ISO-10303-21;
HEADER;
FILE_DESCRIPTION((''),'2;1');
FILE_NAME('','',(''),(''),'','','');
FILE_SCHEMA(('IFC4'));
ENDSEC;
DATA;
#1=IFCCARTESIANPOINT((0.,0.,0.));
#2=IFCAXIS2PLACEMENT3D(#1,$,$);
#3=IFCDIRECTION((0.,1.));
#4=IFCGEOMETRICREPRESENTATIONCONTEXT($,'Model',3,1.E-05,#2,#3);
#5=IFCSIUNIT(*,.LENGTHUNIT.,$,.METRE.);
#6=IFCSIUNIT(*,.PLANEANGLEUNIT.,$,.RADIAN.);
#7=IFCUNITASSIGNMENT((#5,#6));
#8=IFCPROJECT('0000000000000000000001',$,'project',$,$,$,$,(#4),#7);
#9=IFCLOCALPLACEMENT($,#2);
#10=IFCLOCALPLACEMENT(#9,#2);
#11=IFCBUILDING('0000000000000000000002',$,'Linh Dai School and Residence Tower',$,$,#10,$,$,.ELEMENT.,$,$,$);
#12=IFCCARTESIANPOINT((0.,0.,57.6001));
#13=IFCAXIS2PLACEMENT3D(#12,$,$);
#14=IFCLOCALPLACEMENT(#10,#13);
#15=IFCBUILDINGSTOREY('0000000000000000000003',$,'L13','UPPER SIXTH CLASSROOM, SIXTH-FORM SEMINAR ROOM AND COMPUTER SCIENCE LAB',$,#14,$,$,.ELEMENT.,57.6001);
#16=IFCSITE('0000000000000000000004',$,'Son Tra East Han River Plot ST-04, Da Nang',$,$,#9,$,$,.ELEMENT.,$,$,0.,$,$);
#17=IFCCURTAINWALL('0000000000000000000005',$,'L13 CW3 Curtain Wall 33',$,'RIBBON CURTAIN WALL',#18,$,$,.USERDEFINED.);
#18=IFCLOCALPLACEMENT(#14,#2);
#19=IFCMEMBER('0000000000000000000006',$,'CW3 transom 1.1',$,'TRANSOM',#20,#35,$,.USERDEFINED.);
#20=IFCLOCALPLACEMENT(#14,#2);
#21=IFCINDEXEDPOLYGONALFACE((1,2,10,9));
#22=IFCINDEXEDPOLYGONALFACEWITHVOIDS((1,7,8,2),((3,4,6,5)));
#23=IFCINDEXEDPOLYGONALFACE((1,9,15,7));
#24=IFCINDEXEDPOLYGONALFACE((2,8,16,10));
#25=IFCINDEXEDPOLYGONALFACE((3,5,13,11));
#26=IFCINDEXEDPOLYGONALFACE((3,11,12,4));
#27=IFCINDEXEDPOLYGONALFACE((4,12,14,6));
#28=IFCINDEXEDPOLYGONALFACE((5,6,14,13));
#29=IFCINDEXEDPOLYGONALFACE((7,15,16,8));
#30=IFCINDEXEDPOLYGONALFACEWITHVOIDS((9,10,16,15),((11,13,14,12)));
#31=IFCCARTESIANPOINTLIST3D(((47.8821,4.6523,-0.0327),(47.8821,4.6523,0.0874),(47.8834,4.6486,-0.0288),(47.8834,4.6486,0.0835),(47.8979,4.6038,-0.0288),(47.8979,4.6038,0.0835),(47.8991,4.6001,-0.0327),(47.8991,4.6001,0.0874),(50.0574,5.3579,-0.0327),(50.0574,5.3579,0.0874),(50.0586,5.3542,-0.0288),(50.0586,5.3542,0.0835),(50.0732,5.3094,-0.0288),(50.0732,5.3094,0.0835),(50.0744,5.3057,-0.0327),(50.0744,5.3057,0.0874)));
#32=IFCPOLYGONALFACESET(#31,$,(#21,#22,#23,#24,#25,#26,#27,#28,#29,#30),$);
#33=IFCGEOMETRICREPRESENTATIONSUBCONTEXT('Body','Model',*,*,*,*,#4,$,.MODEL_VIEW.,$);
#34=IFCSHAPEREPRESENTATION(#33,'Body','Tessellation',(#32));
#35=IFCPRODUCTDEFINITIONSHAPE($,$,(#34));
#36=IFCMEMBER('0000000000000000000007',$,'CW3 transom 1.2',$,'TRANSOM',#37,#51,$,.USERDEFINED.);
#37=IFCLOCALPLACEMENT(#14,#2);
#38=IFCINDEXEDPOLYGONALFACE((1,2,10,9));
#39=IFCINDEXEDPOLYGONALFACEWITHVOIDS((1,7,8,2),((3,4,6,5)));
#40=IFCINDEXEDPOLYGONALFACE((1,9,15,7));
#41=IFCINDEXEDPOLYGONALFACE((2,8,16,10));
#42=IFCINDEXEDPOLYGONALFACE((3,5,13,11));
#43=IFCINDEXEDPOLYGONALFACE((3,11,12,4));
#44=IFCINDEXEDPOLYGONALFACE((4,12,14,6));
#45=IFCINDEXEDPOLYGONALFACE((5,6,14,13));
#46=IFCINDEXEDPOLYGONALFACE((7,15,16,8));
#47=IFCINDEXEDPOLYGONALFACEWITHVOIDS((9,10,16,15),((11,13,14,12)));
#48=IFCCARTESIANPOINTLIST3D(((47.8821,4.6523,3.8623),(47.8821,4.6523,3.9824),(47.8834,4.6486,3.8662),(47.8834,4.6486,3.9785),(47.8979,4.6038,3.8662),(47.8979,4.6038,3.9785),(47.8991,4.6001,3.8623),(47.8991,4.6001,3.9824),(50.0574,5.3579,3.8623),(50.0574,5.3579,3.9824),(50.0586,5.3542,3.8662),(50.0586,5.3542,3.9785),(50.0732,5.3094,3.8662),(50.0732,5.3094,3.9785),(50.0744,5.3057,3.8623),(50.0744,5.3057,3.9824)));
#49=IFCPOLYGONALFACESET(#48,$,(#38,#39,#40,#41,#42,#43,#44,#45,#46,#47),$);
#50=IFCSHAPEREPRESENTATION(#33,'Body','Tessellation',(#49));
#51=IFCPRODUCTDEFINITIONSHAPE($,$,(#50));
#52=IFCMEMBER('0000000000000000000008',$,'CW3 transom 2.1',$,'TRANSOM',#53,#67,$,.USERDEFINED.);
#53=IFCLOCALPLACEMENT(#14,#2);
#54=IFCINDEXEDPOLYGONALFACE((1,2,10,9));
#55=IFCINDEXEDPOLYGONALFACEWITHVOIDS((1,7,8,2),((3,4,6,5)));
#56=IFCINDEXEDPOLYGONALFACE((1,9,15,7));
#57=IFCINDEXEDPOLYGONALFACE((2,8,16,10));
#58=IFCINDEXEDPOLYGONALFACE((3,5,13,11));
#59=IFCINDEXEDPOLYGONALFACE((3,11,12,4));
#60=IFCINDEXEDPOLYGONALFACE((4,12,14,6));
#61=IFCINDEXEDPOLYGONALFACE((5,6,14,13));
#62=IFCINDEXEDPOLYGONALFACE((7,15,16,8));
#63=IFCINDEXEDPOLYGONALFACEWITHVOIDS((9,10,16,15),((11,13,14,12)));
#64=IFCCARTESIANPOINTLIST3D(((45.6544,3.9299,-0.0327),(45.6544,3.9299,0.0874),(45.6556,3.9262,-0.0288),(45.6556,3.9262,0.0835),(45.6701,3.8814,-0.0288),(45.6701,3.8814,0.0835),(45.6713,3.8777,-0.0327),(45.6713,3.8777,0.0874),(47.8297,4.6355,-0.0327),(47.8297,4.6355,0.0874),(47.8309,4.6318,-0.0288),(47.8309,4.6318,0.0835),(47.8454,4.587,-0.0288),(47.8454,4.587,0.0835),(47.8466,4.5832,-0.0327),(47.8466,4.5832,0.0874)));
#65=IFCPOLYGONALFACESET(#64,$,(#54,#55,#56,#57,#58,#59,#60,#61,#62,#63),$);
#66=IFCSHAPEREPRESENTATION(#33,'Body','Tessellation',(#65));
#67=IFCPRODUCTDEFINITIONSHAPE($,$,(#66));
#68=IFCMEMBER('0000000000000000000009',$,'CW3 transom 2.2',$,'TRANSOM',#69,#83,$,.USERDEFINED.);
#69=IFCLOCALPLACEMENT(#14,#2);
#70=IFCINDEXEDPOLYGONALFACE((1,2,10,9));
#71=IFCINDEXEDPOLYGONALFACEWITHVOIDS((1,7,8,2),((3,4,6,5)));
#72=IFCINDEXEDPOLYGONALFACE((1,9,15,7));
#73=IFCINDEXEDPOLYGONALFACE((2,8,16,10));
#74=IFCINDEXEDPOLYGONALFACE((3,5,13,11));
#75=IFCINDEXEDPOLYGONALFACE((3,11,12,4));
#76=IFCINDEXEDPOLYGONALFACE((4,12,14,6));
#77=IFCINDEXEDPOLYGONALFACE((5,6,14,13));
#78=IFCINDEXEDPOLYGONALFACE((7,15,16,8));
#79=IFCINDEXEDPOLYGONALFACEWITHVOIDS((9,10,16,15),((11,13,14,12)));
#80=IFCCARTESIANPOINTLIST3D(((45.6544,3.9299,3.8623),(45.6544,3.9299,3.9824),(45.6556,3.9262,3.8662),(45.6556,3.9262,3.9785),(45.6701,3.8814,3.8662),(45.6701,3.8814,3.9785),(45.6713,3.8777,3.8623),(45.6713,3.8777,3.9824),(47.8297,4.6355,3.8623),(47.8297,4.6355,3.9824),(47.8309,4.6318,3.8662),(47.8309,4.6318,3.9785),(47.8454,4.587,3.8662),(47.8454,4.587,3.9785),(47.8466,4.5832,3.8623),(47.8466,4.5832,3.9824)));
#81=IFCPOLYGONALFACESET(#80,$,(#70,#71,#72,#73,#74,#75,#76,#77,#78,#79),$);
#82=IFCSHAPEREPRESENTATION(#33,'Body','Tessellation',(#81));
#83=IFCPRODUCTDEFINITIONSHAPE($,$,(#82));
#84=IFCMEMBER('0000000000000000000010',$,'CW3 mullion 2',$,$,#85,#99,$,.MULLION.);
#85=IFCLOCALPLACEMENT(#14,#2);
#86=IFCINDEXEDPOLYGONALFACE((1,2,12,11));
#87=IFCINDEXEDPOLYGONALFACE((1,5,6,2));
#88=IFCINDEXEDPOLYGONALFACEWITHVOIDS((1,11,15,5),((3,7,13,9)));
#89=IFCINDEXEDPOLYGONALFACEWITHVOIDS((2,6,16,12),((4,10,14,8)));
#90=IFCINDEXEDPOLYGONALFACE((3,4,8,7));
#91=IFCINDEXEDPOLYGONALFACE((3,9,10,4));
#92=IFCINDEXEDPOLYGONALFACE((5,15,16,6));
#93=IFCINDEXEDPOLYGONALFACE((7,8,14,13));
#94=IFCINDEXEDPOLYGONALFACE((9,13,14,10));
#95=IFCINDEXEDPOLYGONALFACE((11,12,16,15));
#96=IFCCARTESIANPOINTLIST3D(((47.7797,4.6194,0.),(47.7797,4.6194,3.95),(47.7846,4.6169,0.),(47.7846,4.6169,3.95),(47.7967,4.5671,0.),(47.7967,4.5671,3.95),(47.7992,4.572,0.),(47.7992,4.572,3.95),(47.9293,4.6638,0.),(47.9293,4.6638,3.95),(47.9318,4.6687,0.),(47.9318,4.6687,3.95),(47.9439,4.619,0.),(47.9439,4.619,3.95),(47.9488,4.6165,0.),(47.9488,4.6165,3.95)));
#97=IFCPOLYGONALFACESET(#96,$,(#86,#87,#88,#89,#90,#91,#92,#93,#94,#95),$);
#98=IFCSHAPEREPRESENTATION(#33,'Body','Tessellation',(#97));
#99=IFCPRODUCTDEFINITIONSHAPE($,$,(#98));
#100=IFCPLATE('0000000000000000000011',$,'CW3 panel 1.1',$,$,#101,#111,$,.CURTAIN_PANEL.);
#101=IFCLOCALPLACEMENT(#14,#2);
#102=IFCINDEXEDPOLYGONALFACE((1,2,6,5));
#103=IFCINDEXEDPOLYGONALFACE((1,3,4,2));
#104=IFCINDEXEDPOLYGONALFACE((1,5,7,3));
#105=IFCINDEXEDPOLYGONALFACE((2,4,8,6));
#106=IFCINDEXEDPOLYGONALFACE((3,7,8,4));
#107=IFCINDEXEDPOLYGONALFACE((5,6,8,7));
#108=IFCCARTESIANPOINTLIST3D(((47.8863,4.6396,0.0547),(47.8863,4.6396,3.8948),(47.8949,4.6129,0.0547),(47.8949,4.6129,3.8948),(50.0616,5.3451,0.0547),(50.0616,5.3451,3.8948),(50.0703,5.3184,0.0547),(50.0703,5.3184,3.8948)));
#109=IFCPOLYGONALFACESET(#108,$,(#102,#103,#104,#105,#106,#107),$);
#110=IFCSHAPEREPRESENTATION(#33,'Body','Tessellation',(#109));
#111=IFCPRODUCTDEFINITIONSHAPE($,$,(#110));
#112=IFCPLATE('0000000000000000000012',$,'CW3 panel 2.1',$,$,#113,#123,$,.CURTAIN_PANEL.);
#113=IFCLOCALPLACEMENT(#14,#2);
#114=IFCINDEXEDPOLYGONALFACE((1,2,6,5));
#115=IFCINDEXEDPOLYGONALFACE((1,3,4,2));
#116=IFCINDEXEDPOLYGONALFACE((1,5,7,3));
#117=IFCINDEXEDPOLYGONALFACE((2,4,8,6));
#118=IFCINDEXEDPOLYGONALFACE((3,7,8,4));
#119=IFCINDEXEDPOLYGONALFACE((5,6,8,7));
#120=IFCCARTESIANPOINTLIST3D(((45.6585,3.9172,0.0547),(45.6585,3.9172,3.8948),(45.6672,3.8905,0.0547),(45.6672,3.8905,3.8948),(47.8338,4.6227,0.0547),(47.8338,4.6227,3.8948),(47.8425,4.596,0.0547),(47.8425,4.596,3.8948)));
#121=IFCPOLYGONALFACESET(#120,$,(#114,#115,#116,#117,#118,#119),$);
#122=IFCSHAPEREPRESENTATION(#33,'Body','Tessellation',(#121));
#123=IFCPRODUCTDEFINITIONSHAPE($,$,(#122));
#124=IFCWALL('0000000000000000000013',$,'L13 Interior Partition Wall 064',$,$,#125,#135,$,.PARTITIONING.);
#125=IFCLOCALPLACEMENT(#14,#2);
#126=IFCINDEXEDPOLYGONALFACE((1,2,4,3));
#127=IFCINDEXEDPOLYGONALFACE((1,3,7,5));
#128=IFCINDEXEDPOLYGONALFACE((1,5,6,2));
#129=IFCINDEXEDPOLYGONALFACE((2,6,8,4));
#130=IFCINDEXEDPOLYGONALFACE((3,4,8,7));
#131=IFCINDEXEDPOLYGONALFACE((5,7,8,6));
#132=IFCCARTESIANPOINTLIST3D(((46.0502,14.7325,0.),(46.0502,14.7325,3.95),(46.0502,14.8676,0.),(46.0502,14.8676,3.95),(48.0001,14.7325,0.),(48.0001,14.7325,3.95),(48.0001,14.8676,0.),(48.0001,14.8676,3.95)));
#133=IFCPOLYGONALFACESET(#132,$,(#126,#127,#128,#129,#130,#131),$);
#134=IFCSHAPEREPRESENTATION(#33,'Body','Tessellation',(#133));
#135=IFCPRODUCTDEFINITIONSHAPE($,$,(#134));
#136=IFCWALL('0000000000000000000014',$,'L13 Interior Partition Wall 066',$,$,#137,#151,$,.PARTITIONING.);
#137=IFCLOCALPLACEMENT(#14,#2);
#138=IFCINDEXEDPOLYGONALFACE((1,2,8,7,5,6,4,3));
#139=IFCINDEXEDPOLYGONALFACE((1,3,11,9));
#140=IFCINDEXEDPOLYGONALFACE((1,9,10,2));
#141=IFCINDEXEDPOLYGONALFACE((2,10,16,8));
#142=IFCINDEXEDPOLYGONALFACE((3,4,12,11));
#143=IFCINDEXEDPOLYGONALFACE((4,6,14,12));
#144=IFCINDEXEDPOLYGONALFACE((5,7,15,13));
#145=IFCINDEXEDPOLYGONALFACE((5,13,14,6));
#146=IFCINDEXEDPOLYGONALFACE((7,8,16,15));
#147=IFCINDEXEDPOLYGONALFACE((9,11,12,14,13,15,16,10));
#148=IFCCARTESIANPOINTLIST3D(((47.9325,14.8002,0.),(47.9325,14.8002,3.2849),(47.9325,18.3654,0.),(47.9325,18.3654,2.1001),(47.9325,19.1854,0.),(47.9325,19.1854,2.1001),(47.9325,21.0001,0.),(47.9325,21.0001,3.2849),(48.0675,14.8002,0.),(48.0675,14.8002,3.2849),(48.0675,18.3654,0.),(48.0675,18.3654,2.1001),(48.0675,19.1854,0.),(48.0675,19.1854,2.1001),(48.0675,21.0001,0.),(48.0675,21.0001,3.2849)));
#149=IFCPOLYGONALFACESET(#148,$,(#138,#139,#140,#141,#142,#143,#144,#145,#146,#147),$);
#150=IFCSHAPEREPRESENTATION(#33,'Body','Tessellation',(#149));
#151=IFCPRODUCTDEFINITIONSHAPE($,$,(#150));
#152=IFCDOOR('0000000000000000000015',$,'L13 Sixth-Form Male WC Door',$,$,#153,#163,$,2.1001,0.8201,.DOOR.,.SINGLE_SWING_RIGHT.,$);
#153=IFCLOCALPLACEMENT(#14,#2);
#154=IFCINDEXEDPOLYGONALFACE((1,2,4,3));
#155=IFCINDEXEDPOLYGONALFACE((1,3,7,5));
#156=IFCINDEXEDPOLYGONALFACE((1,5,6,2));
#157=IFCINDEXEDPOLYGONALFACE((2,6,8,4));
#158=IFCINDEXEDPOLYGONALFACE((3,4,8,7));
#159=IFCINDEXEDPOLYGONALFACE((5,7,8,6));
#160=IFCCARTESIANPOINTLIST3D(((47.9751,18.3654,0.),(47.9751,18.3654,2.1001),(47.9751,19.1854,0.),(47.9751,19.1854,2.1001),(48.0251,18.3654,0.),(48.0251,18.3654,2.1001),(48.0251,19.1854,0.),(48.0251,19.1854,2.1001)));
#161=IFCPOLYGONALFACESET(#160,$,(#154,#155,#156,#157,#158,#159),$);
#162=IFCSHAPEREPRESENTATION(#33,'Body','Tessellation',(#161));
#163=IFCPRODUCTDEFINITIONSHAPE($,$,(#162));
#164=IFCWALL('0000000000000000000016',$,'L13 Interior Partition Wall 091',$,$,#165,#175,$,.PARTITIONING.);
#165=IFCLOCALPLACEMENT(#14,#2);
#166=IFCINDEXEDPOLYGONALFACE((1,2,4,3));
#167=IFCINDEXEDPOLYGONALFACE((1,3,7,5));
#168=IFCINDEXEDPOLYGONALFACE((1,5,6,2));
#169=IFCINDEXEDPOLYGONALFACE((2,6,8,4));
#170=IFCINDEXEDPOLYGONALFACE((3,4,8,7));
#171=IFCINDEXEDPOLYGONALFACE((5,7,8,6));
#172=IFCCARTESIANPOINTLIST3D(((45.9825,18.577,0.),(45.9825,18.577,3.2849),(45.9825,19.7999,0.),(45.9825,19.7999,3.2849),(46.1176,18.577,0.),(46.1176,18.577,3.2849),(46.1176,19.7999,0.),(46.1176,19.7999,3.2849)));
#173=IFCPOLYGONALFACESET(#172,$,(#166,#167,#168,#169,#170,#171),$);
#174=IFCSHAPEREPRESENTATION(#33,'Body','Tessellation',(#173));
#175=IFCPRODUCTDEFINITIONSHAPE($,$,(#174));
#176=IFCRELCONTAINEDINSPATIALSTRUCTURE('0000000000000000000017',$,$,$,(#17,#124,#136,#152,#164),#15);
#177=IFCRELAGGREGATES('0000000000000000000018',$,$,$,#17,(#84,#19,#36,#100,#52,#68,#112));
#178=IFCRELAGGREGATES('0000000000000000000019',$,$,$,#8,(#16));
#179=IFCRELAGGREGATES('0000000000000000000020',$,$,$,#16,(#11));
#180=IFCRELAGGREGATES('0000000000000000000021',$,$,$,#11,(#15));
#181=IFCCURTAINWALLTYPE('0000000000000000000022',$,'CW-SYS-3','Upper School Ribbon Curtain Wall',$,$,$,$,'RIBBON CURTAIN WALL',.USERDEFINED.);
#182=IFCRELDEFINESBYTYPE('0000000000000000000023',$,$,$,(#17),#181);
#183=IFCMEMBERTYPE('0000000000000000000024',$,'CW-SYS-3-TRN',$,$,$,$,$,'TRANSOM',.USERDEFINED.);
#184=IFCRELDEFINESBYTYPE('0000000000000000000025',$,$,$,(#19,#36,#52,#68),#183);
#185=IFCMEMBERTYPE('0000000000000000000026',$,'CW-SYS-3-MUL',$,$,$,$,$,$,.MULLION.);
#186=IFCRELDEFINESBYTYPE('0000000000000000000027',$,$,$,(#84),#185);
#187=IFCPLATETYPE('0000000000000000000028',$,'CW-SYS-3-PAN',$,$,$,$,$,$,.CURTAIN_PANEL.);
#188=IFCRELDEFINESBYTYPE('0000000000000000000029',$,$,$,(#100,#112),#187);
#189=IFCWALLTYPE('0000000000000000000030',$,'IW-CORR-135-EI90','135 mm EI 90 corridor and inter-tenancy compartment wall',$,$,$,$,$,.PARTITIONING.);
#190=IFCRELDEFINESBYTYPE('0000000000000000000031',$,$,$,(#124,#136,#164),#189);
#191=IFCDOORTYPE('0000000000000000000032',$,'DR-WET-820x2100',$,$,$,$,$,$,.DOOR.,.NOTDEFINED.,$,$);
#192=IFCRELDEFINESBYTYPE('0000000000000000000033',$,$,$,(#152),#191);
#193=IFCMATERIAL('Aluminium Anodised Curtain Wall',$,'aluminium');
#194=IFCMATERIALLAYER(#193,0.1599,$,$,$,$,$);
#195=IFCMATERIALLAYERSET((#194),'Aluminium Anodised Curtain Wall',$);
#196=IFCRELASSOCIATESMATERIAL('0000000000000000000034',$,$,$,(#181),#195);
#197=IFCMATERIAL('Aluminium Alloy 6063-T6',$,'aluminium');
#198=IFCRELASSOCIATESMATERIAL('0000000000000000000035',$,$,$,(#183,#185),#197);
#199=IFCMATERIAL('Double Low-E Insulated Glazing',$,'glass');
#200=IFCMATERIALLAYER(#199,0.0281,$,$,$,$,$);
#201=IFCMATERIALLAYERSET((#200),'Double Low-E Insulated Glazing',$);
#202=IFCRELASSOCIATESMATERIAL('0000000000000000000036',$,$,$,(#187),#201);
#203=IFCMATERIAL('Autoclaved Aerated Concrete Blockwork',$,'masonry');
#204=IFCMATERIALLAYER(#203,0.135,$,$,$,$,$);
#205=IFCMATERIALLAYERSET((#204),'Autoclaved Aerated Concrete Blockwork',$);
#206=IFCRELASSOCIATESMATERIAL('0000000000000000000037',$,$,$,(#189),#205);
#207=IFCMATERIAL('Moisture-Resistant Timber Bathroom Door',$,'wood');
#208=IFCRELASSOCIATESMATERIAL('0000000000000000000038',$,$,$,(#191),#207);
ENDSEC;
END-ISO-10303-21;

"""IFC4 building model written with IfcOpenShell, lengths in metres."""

from ifc_helpers import new_model, si_unit, direction, frame, frame_2d, origin, origin_2d, place, context, subcontext, project, spatial, rectangle, hollow_rectangle, extrude, source, transform, mapped, material, layer, layer_set, material_profile, profile_set, type_object, element, fill, aggregate, save


model = new_model("IFC4")

# Units and contexts
model_context = context("Model", 3, precision=1e-05, world=origin(), true_north=direction((0.0, 1.0)))
body_context = subcontext(model_context, "Body", "Model", "MODEL_VIEW")
ifc_project = project(units=[si_unit("LENGTHUNIT", "METRE"), si_unit("PLANEANGLEUNIT", "RADIAN")], contexts=[model_context])

# Site, building, storey
site_placement = place(None, origin())
site = spatial("IfcSite", under=ifc_project, at=site_placement, Name="Son Tra East Han River Plot ST-04, Da Nang", CompositionType="ELEMENT", RefElevation=0.0)
building_placement = place(site_placement, origin())
building = spatial("IfcBuilding", under=site, at=building_placement, Name="Linh Dai School and Residence Tower", CompositionType="ELEMENT")
storey_placement = place(building_placement, frame((0.0, 0.0, 57.6001)))
storey = spatial("IfcBuildingStorey", under=building, at=storey_placement, Name="L13", Description="UPPER SIXTH CLASSROOM, SIXTH-FORM SEMINAR ROOM AND COMPUTER SCIENCE LAB", CompositionType="ELEMENT", Elevation=57.6001)

# Curtain wall, members, plates
ifc_material_1 = material(Name="Aluminium Anodised Curtain Wall", Category="aluminium")
ifc_layer_1 = layer(ifc_material_1, 0.1599)
ifc_layer_set_1 = layer_set([ifc_layer_1], Name="Aluminium Anodised Curtain Wall")
curtain_wall_type = type_object("IfcCurtainWallType", Name="CW-SYS-3", Description="Upper School Ribbon Curtain Wall", ElementType="RIBBON CURTAIN WALL", PredefinedType="USERDEFINED", material=ifc_layer_set_1)
curtain_wall_placement = place(storey_placement, origin())
curtain_wall = element("IfcCurtainWall", 1, at=curtain_wall_placement, inside=storey, type_object=curtain_wall_type, Name="L13 CW3 Curtain Wall 33", ObjectType="RIBBON CURTAIN WALL", PredefinedType="USERDEFINED")
ifc_material_2 = material(Name="Aluminium Alloy 6063-T6", Category="aluminium")
ifc_material_profile_1 = material_profile(ifc_material_2, hollow_rectangle(XDim=0.0549, YDim=0.1201, WallThickness=0.0039, at=origin_2d()), Name="RHS 120x55x4")
ifc_profile_set_1 = profile_set([ifc_material_profile_1], Name="Aluminium Alloy 6063-T6")
member_type_1 = type_object("IfcMemberType", Name="CW-SYS-3-TRN", ElementType="TRANSOM", PredefinedType="USERDEFINED", material=ifc_profile_set_1)
shared_shape_1 = source(origin(), body_context, "Body", "SweptSolid", [
    extrude(hollow_rectangle(XDim=0.0549, YDim=0.1201, WallThickness=0.0039, at=origin_2d()), origin(), (0.0, 0.0, 1.0), 2.2869),
])
member_1_placement = place(storey_placement, frame((50.0659, 5.3318, 0.0273), z_axis=(-0.951214, -0.308531, 0.0), x_axis=(0.308531, -0.951214, 0.0)))
member_1 = element("IfcMember", 2, at=member_1_placement, type_object=member_type_1, Name="CW3 transom 1.1", ObjectType="TRANSOM", PredefinedType="USERDEFINED", context=body_context, shape_type="MappedRepresentation", body=[
    mapped(shared_shape_1, transform((0.0, 0.0, 0.0), x_axis=(1.0, 0.0, 0.0), y_axis=(0.0, 1.0, 0.0), z_axis=(0.0, 0.0, 1.0), scale=1.0)),
])
member_2_placement = place(storey_placement, frame((50.0659, 5.3318, 3.9224), z_axis=(-0.951214, -0.308531, 0.0), x_axis=(0.308531, -0.951214, 0.0)))
member_2 = element("IfcMember", 3, at=member_2_placement, type_object=member_type_1, Name="CW3 transom 1.2", ObjectType="TRANSOM", PredefinedType="USERDEFINED", context=body_context, shape_type="MappedRepresentation", body=[
    mapped(shared_shape_1, transform((0.0, 0.0, 0.0), x_axis=(1.0, 0.0, 0.0), y_axis=(0.0, 1.0, 0.0), z_axis=(0.0, 0.0, 1.0), scale=1.0)),
])
member_3_placement = place(storey_placement, frame((47.8381, 4.6094, 0.0273), z_axis=(-0.951214, -0.308531, 0.0), x_axis=(0.308531, -0.951214, 0.0)))
member_3 = element("IfcMember", 4, at=member_3_placement, type_object=member_type_1, Name="CW3 transom 2.1", ObjectType="TRANSOM", PredefinedType="USERDEFINED", context=body_context, shape_type="MappedRepresentation", body=[
    mapped(shared_shape_1, transform((0.0, 0.0, 0.0), x_axis=(1.0, 0.0, 0.0), y_axis=(0.0, 1.0, 0.0), z_axis=(0.0, 0.0, 1.0), scale=1.0)),
])
member_4_placement = place(storey_placement, frame((47.8381, 4.6094, 3.9224), z_axis=(-0.951214, -0.308531, 0.0), x_axis=(0.308531, -0.951214, 0.0)))
member_4 = element("IfcMember", 5, at=member_4_placement, type_object=member_type_1, Name="CW3 transom 2.2", ObjectType="TRANSOM", PredefinedType="USERDEFINED", context=body_context, shape_type="MappedRepresentation", body=[
    mapped(shared_shape_1, transform((0.0, 0.0, 0.0), x_axis=(1.0, 0.0, 0.0), y_axis=(0.0, 1.0, 0.0), z_axis=(0.0, 0.0, 1.0), scale=1.0)),
])
ifc_material_profile_2 = material_profile(ifc_material_2, hollow_rectangle(XDim=0.0549, YDim=0.1599, WallThickness=0.0039, at=origin_2d()), Name="RHS 160x55x4")
ifc_profile_set_2 = profile_set([ifc_material_profile_2], Name="Aluminium Alloy 6063-T6")
member_type_2 = type_object("IfcMemberType", Name="CW-SYS-3-MUL", PredefinedType="MULLION", material=ifc_profile_set_2)
shared_shape_2 = source(origin(), body_context, "Body", "SweptSolid", [
    extrude(hollow_rectangle(XDim=0.0549, YDim=0.1599, WallThickness=0.0039, at=origin_2d()), origin(), (0.0, 0.0, 1.0), 3.95),
])
member_5_placement = place(storey_placement, frame((47.8643, 4.6179, 0.0), z_axis=(0.0, 0.0, 1.0), x_axis=(0.308511, -0.951221, 0.0)))
member_5 = element("IfcMember", 6, at=member_5_placement, type_object=member_type_2, Name="CW3 mullion 2", PredefinedType="MULLION", context=body_context, shape_type="MappedRepresentation", body=[
    mapped(shared_shape_2, transform((0.0, 0.0, 0.0), x_axis=(1.0, 0.0, 0.0), y_axis=(0.0, 1.0, 0.0), z_axis=(0.0, 0.0, 1.0), scale=1.0)),
])
ifc_material_3 = material(Name="Double Low-E Insulated Glazing", Category="glass")
ifc_layer_2 = layer(ifc_material_3, 0.0281)
ifc_layer_set_2 = layer_set([ifc_layer_2], Name="Double Low-E Insulated Glazing")
plate_type = type_object("IfcPlateType", Name="CW-SYS-3-PAN", PredefinedType="CURTAIN_PANEL", material=ifc_layer_set_2)
shared_shape_3 = source(origin(), body_context, "Body", "SweptSolid", [
    extrude(rectangle(XDim=2.2869, YDim=0.0281, at=origin_2d()), origin(), (0.0, 0.0, 1.0), 3.8401),
])
plate_1_placement = place(storey_placement, frame((48.9783, 4.979, 0.0547), z_axis=(0.0, 0.0, 1.0), x_axis=(-0.951221, -0.308511, 0.0)))
plate_1 = element("IfcPlate", 7, at=plate_1_placement, type_object=plate_type, Name="CW3 panel 1.1", PredefinedType="CURTAIN_PANEL", context=body_context, shape_type="MappedRepresentation", body=[
    mapped(shared_shape_3, transform((0.0, 0.0, 0.0), x_axis=(1.0, 0.0, 0.0), y_axis=(0.0, 1.0, 0.0), z_axis=(0.0, 0.0, 1.0), scale=1.0)),
])
plate_2_placement = place(storey_placement, frame((46.7505, 4.2566, 0.0547), z_axis=(0.0, 0.0, 1.0), x_axis=(-0.951221, -0.308511, 0.0)))
plate_2 = element("IfcPlate", 8, at=plate_2_placement, type_object=plate_type, Name="CW3 panel 2.1", PredefinedType="CURTAIN_PANEL", context=body_context, shape_type="MappedRepresentation", body=[
    mapped(shared_shape_3, transform((0.0, 0.0, 0.0), x_axis=(1.0, 0.0, 0.0), y_axis=(0.0, 1.0, 0.0), z_axis=(0.0, 0.0, 1.0), scale=1.0)),
])
aggregate(curtain_wall, [member_5, member_1, member_2, plate_1, member_3, member_4, plate_2])

# Shared definitions
ifc_material_4 = material(Name="Autoclaved Aerated Concrete Blockwork", Category="masonry")
ifc_layer_3 = layer(ifc_material_4, 0.135)
ifc_layer_set_3 = layer_set([ifc_layer_3], Name="Autoclaved Aerated Concrete Blockwork")
wall_type_1 = type_object("IfcWallType", Name="IW-CORR-135-EI90", Description="135 mm EI 90 corridor and inter-tenancy compartment wall", PredefinedType="PARTITIONING", material=ifc_layer_set_3)

# Wall
wall_1_placement = place(storey_placement, frame((46.05, 14.8, 0.0), z_axis=(0.0, 0.0, 1.0), x_axis=(1.0, 0.0, 0.0)))
element("IfcWall", 9, at=wall_1_placement, inside=storey, type_object=wall_type_1, Name="L13 Interior Partition Wall 064", PredefinedType="PARTITIONING", context=body_context, shape_type="SweptSolid", body=[
    extrude(rectangle(XDim=1.95, YDim=0.135, at=frame_2d((0.9751, 0.0))), origin(), (0.0, 0.0, 1.0), 3.95),
])

# Wall, opening, door
wall_2_placement = place(storey_placement, frame((48.0, 14.8, 0.0), z_axis=(0.0, 0.0, 1.0), x_axis=(0.0, 1.0, 0.0)))
wall_2 = element("IfcWall", 10, at=wall_2_placement, inside=storey, type_object=wall_type_1, Name="L13 Interior Partition Wall 066", PredefinedType="PARTITIONING", context=body_context, shape_type="SweptSolid", body=[
    extrude(rectangle(XDim=6.2, YDim=0.135, at=frame_2d((3.1001, 0.0))), origin(), (0.0, 0.0, 1.0), 3.2849),
])
opening_1_placement = place(wall_2_placement, frame((3.5652, 0.0, 0.0)))
opening_1 = element("IfcOpeningElement", 11, at=opening_1_placement, cuts=wall_2, PredefinedType="OPENING", context=body_context, shape_type="SweptSolid", body=[
    extrude(rectangle(XDim=0.8201, YDim=2.1001, at=origin_2d()), frame((0.4102, 0.0776, 1.05), z_axis=(0.0, -1.0, 0.0), x_axis=(1.0, 0.0, 0.0)), (0.0, 0.0, 1.0), 0.155),
])
ifc_material_5 = material(Name="Moisture-Resistant Timber Bathroom Door", Category="wood")
door_type_1 = type_object("IfcDoorType", Name="DR-WET-820x2100", OperationType="NOTDEFINED", PredefinedType="DOOR", material=ifc_material_5)
shared_shape_4 = source(origin(), body_context, "Body", "SweptSolid", [
    extrude(rectangle(XDim=0.8201, YDim=2.1001, at=origin_2d()), frame((0.4102, 0.0249, 1.05), z_axis=(0.0, -1.0, 0.0), x_axis=(1.0, 0.0, 0.0)), (0.0, 0.0, 1.0), 0.05),
])
door_1_placement = place(opening_1_placement, origin())
door_1 = element("IfcDoor", 12, at=door_1_placement, inside=storey, type_object=door_type_1, Name="L13 Sixth-Form Male WC Door", OperationType="SINGLE_SWING_RIGHT", OverallHeight=2.1001, OverallWidth=0.8201, PredefinedType="DOOR", context=body_context, shape_type="MappedRepresentation", body=[
    mapped(shared_shape_4, transform((0.0, 0.0, 0.0), x_axis=(1.0, 0.0, 0.0), y_axis=(0.0, 1.0, 0.0), z_axis=(0.0, 0.0, 1.0), scale=1.0)),
])
fill(opening_1, door_1)

# Wall
wall_3_placement = place(storey_placement, frame((46.05, 18.5771, 0.0), z_axis=(0.0, 0.0, 1.0), x_axis=(0.0, 1.0, 0.0)))
element("IfcWall", 13, at=wall_3_placement, inside=storey, type_object=wall_type_1, Name="L13 Interior Partition Wall 091", PredefinedType="PARTITIONING", context=body_context, shape_type="SweptSolid", body=[
    extrude(rectangle(XDim=1.2229, YDim=0.135, at=frame_2d((0.6113, 0.0))), origin(), (0.0, 0.0, 1.0), 3.2849),
])

save(model, "model.ifc")
